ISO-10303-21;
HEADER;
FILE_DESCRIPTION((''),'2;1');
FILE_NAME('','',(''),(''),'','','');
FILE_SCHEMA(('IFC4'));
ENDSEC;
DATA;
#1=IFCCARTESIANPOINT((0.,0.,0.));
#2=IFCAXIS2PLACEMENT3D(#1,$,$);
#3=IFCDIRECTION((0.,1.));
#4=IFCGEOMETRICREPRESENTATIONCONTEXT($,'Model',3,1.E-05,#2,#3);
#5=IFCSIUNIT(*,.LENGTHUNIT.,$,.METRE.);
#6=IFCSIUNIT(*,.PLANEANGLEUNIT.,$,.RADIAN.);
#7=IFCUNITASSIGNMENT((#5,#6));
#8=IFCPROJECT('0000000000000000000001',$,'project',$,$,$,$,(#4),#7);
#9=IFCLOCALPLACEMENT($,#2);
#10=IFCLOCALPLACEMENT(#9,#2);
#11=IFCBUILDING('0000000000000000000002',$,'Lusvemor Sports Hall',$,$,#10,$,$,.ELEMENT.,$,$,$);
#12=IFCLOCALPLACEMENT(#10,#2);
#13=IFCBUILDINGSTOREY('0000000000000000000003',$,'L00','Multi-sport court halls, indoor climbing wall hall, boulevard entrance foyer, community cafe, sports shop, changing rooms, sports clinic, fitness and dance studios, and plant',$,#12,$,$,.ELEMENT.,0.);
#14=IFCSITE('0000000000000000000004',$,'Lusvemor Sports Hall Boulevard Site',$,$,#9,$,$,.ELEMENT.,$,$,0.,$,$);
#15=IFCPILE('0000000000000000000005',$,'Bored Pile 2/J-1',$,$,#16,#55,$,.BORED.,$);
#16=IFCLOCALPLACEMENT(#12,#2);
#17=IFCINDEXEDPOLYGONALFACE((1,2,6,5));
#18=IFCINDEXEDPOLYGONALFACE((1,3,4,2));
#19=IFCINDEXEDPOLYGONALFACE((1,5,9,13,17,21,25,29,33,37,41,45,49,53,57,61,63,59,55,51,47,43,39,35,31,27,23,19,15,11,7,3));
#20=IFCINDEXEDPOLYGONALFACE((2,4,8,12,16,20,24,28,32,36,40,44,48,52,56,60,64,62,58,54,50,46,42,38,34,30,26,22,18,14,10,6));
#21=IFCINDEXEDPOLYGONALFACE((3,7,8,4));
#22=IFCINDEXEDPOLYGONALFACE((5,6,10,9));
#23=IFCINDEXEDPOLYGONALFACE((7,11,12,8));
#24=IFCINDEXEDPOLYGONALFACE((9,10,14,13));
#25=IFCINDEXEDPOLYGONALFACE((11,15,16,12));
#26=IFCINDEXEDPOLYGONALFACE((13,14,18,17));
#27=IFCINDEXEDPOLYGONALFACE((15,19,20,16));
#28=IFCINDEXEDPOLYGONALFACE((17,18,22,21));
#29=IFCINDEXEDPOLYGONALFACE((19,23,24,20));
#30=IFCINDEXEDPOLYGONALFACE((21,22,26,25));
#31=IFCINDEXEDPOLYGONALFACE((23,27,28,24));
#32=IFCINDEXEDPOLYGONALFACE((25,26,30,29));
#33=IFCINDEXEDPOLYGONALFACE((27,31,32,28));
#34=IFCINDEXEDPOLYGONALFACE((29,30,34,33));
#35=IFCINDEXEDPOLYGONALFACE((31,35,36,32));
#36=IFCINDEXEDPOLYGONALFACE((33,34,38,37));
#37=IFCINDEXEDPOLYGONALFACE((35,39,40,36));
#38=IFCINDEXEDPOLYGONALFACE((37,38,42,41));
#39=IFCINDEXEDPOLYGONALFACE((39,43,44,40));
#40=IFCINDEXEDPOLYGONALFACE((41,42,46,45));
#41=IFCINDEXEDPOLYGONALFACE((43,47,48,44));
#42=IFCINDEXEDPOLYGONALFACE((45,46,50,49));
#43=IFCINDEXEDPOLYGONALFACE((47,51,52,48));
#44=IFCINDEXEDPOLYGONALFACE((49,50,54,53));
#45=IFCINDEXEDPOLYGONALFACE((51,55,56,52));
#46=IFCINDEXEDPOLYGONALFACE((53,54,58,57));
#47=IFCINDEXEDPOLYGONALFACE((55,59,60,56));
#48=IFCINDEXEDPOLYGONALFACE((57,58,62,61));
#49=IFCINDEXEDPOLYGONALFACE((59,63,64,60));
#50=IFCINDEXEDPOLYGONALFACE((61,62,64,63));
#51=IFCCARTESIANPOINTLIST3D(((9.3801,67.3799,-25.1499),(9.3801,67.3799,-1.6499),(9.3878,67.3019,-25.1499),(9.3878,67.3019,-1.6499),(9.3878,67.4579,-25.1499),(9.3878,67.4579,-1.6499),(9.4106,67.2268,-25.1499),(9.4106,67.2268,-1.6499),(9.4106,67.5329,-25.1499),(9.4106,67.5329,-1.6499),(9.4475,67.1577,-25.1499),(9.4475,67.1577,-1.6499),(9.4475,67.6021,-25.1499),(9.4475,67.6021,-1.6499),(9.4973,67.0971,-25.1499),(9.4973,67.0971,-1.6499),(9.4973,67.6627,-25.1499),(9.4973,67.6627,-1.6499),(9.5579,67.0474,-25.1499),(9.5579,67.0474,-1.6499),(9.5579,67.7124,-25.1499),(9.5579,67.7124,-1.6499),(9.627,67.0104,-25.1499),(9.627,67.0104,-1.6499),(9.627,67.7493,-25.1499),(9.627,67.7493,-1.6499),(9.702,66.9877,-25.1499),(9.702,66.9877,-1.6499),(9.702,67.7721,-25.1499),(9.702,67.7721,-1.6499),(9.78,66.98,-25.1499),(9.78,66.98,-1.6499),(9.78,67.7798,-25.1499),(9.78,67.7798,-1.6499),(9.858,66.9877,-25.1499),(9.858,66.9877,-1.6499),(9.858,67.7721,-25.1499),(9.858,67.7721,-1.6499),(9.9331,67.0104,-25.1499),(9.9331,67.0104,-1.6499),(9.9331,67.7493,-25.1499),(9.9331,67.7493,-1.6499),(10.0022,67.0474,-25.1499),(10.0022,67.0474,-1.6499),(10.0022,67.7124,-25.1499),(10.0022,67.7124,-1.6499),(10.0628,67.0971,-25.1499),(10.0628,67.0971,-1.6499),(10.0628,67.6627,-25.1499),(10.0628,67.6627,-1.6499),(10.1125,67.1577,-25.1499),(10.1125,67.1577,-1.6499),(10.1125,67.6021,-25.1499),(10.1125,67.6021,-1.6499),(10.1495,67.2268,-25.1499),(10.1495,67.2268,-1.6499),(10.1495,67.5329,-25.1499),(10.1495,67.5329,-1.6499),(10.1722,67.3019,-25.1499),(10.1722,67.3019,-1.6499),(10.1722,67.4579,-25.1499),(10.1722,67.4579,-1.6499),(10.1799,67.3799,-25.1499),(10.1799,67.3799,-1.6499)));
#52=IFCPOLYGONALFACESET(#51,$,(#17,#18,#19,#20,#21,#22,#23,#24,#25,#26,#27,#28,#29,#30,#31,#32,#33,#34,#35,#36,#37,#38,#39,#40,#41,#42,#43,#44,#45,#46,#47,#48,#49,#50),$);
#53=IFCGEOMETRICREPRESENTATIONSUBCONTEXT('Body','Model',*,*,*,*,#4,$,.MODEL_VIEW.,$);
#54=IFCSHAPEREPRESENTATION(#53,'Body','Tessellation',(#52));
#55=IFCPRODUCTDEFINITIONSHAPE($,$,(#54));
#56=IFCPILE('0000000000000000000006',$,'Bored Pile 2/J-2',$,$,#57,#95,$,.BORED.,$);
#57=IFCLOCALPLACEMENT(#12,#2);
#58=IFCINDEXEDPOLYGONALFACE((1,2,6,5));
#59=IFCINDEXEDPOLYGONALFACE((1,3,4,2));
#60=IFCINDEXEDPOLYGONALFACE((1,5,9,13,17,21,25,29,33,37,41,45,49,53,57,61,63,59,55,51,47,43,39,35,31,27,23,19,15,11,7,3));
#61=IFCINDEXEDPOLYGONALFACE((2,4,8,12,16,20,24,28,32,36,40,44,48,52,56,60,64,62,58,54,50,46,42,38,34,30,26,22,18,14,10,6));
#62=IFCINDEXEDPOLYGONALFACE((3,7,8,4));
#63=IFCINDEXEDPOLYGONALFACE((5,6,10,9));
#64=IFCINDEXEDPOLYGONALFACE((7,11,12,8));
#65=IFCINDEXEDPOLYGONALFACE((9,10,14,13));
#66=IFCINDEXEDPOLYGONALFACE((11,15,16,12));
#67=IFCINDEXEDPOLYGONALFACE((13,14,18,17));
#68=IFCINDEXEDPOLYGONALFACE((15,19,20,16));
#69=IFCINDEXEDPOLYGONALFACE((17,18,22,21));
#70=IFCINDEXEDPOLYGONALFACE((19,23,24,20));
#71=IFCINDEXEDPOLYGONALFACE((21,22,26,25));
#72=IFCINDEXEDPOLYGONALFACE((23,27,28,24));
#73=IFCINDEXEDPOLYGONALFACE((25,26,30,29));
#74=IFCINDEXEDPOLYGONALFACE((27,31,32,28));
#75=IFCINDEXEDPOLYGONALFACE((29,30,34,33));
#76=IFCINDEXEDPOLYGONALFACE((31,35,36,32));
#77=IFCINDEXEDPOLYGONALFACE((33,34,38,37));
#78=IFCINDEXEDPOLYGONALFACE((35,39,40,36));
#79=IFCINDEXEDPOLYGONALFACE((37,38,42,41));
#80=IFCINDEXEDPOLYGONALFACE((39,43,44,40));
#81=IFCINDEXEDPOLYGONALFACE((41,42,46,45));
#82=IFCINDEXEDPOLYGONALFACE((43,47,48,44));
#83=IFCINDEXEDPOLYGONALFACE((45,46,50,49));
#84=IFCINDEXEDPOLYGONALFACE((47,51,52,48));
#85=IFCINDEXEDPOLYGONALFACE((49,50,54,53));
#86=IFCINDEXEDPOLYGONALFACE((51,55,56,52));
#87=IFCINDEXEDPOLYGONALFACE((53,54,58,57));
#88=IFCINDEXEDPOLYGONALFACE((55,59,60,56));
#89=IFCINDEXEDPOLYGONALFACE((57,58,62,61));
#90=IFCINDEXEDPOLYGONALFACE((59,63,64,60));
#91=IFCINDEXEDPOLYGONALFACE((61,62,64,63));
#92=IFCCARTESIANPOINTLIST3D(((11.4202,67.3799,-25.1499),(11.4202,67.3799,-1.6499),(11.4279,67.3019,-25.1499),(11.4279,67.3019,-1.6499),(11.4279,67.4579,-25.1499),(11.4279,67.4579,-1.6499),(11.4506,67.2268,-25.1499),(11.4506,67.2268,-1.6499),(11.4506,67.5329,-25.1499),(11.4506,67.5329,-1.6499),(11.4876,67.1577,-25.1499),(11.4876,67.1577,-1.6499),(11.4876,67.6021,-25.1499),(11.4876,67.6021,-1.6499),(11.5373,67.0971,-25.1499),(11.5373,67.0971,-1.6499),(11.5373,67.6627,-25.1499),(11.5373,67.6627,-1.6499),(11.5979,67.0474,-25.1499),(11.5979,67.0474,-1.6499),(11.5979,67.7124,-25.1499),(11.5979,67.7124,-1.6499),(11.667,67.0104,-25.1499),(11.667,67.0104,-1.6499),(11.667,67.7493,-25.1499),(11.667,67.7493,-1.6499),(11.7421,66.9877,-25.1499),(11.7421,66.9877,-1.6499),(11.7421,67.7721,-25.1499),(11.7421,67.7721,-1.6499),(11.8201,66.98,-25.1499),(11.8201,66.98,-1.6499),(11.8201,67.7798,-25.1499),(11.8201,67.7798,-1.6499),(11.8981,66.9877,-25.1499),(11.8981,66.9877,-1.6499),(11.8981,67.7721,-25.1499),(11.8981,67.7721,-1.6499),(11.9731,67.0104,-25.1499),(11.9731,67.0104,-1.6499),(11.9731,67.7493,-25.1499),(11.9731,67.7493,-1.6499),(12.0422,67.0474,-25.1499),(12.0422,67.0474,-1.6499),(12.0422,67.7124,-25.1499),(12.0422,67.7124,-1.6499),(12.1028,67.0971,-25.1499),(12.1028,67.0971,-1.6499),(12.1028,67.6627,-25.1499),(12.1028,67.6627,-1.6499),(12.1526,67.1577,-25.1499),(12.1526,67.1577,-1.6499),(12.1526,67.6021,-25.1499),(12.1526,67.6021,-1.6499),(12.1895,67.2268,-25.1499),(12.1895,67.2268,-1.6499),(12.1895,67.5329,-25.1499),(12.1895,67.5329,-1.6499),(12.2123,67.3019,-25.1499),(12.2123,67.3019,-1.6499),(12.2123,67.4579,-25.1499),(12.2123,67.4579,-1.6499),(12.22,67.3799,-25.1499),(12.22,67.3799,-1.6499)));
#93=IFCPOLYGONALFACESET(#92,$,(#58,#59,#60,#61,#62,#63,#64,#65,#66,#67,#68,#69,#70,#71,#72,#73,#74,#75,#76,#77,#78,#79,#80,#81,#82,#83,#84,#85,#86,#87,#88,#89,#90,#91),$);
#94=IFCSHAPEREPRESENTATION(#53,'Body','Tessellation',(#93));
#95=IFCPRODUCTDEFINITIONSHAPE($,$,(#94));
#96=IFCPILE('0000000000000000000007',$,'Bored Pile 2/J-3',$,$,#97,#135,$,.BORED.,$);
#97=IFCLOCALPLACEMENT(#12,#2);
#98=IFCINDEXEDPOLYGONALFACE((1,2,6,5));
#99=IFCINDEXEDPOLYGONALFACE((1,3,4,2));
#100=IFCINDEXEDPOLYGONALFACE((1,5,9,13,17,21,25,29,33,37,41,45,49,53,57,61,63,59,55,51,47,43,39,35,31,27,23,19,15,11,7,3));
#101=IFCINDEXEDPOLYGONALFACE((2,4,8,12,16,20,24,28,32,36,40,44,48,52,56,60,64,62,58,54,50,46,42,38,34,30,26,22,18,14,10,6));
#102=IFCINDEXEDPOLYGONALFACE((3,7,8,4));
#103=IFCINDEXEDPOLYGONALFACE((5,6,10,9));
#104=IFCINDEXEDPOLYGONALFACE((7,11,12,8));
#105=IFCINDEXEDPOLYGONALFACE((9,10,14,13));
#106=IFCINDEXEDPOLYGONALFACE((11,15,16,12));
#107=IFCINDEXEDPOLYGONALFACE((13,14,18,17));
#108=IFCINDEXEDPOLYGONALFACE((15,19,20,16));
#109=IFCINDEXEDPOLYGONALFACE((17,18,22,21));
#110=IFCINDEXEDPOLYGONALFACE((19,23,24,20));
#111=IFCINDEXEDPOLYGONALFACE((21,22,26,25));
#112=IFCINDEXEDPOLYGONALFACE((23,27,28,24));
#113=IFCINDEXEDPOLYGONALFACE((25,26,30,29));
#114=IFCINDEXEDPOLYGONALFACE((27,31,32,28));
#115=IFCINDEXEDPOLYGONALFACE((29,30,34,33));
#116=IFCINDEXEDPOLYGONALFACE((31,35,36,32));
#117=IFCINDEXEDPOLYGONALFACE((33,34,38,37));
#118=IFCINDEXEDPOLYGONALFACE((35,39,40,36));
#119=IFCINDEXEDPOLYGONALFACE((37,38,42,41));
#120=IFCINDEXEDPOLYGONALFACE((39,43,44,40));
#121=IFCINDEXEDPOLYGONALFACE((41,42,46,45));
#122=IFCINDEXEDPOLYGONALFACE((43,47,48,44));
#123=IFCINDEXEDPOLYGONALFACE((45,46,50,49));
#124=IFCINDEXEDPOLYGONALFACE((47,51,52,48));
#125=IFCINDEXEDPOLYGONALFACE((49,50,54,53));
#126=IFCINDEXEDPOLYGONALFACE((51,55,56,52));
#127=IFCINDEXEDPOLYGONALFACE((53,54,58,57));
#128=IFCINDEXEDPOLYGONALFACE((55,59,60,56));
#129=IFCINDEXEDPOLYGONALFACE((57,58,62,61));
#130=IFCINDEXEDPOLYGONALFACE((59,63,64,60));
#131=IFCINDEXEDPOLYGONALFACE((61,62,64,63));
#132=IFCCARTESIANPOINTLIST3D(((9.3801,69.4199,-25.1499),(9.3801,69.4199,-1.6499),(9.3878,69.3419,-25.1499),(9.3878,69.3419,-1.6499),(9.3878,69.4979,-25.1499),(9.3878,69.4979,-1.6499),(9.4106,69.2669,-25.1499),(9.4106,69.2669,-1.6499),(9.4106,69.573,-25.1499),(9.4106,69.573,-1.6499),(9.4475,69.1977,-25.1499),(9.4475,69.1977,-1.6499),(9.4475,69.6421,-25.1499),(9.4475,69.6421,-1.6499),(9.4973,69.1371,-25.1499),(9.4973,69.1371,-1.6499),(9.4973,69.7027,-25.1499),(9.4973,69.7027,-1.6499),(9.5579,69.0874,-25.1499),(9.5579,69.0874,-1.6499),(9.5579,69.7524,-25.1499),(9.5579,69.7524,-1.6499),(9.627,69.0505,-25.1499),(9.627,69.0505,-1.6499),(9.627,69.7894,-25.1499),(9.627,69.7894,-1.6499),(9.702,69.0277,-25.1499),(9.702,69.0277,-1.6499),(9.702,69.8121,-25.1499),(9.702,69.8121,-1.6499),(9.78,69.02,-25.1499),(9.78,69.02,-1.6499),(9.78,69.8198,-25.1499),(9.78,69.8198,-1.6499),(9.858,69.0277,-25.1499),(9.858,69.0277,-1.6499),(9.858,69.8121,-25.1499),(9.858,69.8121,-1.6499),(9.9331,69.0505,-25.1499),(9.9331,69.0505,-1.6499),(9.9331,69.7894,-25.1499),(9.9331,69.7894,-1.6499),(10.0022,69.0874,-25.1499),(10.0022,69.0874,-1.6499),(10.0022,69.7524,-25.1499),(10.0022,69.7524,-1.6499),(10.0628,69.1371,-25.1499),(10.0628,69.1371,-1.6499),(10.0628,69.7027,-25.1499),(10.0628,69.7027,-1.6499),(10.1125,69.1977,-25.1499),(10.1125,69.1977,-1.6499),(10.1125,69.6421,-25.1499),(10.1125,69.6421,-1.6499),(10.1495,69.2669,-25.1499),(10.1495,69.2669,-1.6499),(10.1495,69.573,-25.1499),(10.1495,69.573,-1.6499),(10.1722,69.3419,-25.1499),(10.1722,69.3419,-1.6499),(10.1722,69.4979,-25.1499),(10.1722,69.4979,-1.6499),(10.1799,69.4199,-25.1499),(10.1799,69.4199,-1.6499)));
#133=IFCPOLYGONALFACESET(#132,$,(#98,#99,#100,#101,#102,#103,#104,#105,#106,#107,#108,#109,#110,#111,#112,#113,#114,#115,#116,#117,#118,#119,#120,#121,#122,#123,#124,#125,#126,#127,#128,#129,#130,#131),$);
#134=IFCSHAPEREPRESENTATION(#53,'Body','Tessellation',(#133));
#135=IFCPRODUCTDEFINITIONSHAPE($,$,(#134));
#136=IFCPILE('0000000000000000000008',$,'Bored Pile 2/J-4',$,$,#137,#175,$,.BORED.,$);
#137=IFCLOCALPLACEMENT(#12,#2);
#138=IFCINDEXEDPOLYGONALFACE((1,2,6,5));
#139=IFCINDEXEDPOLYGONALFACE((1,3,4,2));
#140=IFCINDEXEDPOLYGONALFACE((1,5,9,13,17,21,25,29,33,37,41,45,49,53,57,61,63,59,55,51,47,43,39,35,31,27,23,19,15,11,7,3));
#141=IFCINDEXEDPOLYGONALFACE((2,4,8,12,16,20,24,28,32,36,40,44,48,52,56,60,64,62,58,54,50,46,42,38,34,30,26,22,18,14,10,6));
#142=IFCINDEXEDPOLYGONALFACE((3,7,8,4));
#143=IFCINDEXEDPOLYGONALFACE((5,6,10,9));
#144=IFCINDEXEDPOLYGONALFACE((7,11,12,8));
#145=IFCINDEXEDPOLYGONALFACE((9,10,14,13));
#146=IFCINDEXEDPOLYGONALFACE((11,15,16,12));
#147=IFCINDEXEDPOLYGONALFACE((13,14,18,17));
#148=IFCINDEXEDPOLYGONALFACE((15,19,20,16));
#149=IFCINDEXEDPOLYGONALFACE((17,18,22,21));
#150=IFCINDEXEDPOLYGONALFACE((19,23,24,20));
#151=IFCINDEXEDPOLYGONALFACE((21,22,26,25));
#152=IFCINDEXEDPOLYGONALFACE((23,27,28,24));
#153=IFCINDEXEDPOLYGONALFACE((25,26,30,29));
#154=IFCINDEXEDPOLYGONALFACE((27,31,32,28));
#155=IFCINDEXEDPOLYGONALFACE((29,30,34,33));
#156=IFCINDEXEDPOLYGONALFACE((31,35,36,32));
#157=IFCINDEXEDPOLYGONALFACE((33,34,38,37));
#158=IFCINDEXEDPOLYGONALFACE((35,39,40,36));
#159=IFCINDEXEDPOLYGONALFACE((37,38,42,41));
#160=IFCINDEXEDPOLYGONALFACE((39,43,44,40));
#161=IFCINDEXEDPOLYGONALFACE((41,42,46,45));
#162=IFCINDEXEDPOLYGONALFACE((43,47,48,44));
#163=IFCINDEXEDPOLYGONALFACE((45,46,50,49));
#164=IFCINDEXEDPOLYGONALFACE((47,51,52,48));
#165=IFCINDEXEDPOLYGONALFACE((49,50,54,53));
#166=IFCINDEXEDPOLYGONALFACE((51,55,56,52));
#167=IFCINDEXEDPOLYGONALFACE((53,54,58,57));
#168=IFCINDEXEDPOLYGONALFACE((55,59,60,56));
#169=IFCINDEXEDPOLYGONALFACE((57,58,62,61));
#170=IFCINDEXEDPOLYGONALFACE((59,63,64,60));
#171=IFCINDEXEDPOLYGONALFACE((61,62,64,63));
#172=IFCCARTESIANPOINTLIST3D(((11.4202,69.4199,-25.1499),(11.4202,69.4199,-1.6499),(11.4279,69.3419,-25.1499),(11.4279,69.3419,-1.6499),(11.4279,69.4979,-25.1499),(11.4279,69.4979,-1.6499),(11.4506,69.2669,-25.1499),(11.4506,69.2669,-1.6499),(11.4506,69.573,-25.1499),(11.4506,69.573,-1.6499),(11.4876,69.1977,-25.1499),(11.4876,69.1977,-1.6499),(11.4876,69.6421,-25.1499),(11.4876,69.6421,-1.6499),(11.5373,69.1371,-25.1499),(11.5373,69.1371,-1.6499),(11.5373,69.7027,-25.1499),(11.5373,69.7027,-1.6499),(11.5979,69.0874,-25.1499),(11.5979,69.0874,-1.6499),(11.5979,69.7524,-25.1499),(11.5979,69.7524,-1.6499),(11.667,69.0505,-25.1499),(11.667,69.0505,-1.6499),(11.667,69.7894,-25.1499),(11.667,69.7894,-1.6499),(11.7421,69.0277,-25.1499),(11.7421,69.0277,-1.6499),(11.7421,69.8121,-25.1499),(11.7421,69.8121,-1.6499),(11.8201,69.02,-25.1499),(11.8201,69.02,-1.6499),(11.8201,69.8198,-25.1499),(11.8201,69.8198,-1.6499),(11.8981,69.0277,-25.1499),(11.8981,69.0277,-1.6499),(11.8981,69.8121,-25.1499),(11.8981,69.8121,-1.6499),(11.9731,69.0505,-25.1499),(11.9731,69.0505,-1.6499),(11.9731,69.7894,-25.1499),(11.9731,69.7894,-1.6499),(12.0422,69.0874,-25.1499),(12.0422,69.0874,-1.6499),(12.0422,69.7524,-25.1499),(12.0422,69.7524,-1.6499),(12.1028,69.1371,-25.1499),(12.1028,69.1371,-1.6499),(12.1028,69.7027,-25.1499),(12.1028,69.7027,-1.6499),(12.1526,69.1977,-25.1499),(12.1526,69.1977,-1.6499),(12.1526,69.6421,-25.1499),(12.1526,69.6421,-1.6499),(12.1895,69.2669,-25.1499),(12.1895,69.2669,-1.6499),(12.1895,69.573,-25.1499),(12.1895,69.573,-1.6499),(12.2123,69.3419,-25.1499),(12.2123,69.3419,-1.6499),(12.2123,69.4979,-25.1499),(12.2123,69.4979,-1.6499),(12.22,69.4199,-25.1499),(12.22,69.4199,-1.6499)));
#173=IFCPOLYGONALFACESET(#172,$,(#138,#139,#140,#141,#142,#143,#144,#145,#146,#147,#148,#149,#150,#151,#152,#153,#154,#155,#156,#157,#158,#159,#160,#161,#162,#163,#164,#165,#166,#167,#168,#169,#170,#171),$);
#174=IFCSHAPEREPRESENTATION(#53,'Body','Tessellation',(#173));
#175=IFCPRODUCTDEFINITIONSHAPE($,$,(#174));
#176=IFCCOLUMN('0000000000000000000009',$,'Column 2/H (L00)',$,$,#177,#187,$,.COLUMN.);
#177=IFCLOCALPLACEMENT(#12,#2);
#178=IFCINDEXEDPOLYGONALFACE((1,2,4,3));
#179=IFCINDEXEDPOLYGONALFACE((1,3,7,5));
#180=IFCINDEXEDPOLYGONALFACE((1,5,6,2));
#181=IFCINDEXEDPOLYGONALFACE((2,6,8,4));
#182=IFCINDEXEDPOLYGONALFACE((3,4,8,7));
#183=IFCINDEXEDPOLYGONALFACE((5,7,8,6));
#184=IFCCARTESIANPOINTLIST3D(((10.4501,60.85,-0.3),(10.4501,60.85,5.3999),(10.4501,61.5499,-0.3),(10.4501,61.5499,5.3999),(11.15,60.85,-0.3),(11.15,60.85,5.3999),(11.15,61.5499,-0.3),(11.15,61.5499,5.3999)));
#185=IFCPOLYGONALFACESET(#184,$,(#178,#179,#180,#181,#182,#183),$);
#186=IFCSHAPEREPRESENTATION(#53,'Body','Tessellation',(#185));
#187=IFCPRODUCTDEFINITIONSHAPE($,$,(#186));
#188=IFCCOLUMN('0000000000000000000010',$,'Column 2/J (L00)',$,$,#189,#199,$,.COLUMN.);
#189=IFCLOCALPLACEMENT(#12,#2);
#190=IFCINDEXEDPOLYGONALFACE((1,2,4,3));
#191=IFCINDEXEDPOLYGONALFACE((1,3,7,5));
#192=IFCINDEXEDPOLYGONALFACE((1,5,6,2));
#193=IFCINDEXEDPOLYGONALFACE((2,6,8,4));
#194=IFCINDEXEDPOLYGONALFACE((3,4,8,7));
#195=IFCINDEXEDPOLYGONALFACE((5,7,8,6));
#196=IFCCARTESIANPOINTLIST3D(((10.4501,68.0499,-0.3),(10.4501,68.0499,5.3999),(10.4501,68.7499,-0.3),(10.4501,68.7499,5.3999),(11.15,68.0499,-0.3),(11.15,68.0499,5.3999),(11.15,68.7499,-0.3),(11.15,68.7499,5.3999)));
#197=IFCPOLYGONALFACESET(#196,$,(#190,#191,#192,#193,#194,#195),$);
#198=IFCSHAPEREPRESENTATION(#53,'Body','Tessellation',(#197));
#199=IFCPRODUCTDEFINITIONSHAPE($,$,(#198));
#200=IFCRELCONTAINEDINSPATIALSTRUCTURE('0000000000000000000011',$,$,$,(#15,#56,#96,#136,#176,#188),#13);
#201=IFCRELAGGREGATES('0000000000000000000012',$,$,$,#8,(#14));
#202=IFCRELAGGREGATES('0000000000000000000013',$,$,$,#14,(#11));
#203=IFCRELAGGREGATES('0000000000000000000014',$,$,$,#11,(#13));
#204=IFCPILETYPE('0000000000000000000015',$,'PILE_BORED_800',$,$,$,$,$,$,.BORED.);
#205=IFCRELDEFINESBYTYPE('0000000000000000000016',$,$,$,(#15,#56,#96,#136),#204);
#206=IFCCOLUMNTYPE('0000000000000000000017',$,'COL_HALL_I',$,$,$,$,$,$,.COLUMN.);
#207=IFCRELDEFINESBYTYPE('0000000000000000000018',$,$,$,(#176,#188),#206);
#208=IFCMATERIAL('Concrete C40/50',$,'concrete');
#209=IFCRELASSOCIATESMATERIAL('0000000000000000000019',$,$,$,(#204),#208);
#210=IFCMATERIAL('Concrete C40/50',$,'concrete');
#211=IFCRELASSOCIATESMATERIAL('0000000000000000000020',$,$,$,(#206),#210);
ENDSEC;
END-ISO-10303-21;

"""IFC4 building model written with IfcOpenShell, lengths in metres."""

from ifc_helpers import new_model, si_unit, direction, frame, origin, origin_2d, place, context, subcontext, project, spatial, rectangle, circle, extrude, material, material_profile, profile_set, type_object, element, save


model = new_model("IFC4")

# Units and contexts
model_context = context("Model", 3, precision=1e-05, world=origin(), true_north=direction((0.0, 1.0)))
body_context = subcontext(model_context, "Body", "Model", "MODEL_VIEW")
ifc_project = project(units=[si_unit("LENGTHUNIT", "METRE"), si_unit("PLANEANGLEUNIT", "RADIAN")], contexts=[model_context])

# Site, building, storey
site_placement = place(None, origin())
site = spatial("IfcSite", under=ifc_project, at=site_placement, Name="Lusvemor Sports Hall Boulevard Site", CompositionType="ELEMENT", RefElevation=0.0)
building_placement = place(site_placement, origin())
building = spatial("IfcBuilding", under=site, at=building_placement, Name="Lusvemor Sports Hall", CompositionType="ELEMENT")
storey_placement = place(building_placement, origin())
storey = spatial("IfcBuildingStorey", under=building, at=storey_placement, Name="L00", Description="Multi-sport court halls, indoor climbing wall hall, boulevard entrance foyer, community cafe, sports shop, changing rooms, sports clinic, fitness and dance studios, and plant", CompositionType="ELEMENT", Elevation=0.0)

# Piles
ifc_material_1 = material(Name="Concrete C40/50", Category="concrete")
ifc_material_profile_1 = material_profile(ifc_material_1, circle(Radius=0.3999, at=origin_2d()), Name="PILE800")
ifc_profile_set_1 = profile_set([ifc_material_profile_1], Name="Concrete C40/50")
pile_type_1 = type_object("IfcPileType", Name="PILE_BORED_800", PredefinedType="BORED", material=ifc_profile_set_1)
for number, where, z_axis, x_axis, name in (
    (1, (9.78, 67.3799, -1.6499), (0.0, 0.0, -1.0), (1.0, 0.0, 0.0), "Bored Pile 2/J-1"),
    (2, (11.8201, 67.3799, -1.6499), (0.0, 0.0, -1.0), (1.0, 0.0, 0.0), "Bored Pile 2/J-2"),
    (3, (9.78, 69.4199, -1.6499), (0.0, 0.0, -1.0), (1.0, 0.0, 0.0), "Bored Pile 2/J-3"),
    (4, (11.8201, 69.4199, -1.6499), (0.0, 0.0, -1.0), (1.0, 0.0, 0.0), "Bored Pile 2/J-4"),
):
    element("IfcPile", number, at=place(storey_placement, frame(where, z_axis=z_axis, x_axis=x_axis)), inside=storey, type_object=pile_type_1, Name=name, PredefinedType="BORED", context=body_context, shape_type="SweptSolid", body=[
        extrude(circle(Radius=0.3999, at=origin_2d()), origin(), (0.0, 0.0, 1.0), 23.5),
    ])

# Columns
ifc_material_2 = material(Name="Concrete C40/50", Category="concrete")
ifc_material_profile_2 = material_profile(ifc_material_2, rectangle(XDim=0.7, YDim=0.7, at=origin_2d()), Name="RC700x700")
ifc_profile_set_2 = profile_set([ifc_material_profile_2], Name="Concrete C40/50")
column_type = type_object("IfcColumnType", Name="COL_HALL_I", PredefinedType="COLUMN", material=ifc_profile_set_2)
for number, where, z_axis, x_axis, name in (
    (5, (10.8, 61.2, -0.3), (0.0, 0.0, 1.0), (1.0, 0.0, 0.0), "Column 2/H (L00)"),
    (6, (10.8, 68.3999, -0.3), (0.0, 0.0, 1.0), (1.0, 0.0, 0.0), "Column 2/J (L00)"),
):
    element("IfcColumn", number, at=place(storey_placement, frame(where, z_axis=z_axis, x_axis=x_axis)), inside=storey, type_object=column_type, Name=name, PredefinedType="COLUMN", context=body_context, shape_type="SweptSolid", body=[
        extrude(rectangle(XDim=0.7, YDim=0.7, at=origin_2d()), origin(), (0.0, 0.0, 1.0), 5.7),
    ])

save(model, "model.ifc")
